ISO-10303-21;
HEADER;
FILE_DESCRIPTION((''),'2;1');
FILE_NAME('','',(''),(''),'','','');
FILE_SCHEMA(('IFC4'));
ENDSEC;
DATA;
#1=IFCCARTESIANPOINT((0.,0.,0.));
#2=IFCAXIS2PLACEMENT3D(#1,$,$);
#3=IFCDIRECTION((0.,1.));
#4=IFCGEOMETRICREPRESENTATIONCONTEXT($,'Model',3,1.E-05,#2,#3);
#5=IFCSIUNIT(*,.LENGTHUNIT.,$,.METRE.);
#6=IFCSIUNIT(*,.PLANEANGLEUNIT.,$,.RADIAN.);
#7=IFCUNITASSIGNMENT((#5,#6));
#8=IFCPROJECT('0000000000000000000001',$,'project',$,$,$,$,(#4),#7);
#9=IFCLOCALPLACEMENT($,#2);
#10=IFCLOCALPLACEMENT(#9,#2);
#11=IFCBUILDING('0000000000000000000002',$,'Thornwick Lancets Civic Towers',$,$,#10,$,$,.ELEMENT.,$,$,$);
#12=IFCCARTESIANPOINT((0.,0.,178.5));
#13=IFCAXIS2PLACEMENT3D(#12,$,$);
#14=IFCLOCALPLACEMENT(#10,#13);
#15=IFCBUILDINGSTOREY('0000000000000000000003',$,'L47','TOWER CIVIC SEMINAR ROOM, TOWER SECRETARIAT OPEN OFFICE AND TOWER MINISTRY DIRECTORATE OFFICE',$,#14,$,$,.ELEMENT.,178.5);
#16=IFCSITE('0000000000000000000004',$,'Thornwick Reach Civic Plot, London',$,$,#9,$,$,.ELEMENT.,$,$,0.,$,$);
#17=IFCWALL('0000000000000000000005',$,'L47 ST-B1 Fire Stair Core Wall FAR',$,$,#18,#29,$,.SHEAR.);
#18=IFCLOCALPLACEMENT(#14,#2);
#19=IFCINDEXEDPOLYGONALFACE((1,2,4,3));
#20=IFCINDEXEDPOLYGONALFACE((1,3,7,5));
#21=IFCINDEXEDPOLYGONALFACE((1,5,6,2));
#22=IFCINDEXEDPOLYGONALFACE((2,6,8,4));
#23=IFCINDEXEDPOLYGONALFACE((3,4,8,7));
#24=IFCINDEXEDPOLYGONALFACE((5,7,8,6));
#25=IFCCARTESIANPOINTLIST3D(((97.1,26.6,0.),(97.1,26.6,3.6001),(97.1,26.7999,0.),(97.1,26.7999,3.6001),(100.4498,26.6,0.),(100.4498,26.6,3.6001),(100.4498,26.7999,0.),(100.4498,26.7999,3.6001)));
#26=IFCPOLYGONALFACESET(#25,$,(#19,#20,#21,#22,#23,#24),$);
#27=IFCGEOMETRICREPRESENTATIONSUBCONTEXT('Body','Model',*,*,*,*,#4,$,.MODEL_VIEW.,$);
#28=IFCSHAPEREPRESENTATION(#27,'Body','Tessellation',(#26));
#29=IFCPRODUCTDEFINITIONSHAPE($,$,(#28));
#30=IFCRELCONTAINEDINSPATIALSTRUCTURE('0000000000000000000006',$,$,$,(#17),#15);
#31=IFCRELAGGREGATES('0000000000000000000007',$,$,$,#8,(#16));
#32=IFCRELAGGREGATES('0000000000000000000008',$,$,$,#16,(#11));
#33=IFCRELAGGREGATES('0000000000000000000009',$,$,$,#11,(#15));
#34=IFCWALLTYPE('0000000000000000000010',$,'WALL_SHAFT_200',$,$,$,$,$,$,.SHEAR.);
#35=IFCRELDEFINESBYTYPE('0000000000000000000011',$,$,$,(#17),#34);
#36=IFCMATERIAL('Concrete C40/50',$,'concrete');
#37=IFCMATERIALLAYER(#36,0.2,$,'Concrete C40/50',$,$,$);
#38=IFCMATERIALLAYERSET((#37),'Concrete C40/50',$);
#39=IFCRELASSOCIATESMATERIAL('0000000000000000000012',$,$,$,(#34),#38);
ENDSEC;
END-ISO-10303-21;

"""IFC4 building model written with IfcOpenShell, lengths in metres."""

from ifc_helpers import new_model, si_unit, direction, frame, frame_2d, origin, place, context, subcontext, project, spatial, rectangle, extrude, material, layer, layer_set, type_object, element, save


model = new_model("IFC4")

# Units and contexts
model_context = context("Model", 3, precision=1e-05, world=origin(), true_north=direction((0.0, 1.0)))
body_context = subcontext(model_context, "Body", "Model", "MODEL_VIEW")
ifc_project = project(units=[si_unit("LENGTHUNIT", "METRE"), si_unit("PLANEANGLEUNIT", "RADIAN")], contexts=[model_context])

# Site, building, storey
site_placement = place(None, origin())
site = spatial("IfcSite", under=ifc_project, at=site_placement, Name="Thornwick Reach Civic Plot, London", CompositionType="ELEMENT", RefElevation=0.0)
building_placement = place(site_placement, origin())
building = spatial("IfcBuilding", under=site, at=building_placement, Name="Thornwick Lancets Civic Towers", CompositionType="ELEMENT")
storey_placement = place(building_placement, frame((0.0, 0.0, 178.5)))
storey = spatial("IfcBuildingStorey", under=building, at=storey_placement, Name="L47", Description="TOWER CIVIC SEMINAR ROOM, TOWER SECRETARIAT OPEN OFFICE AND TOWER MINISTRY DIRECTORATE OFFICE", CompositionType="ELEMENT", Elevation=178.5)

# Wall
ifc_material_1 = material(Name="Concrete C40/50", Category="concrete")
ifc_layer_1 = layer(ifc_material_1, 0.2, Name="Concrete C40/50")
ifc_layer_set_1 = layer_set([ifc_layer_1], Name="Concrete C40/50")
wall_type_1 = type_object("IfcWallType", Name="WALL_SHAFT_200", PredefinedType="SHEAR", material=ifc_layer_set_1)
wall_1_placement = place(storey_placement, frame((97.1001, 26.7, 0.0), z_axis=(0.0, 0.0, 1.0), x_axis=(1.0, 0.0, 0.0)))
element("IfcWall", 1, at=wall_1_placement, inside=storey, type_object=wall_type_1, Name="L47 ST-B1 Fire Stair Core Wall FAR", PredefinedType="SHEAR", context=body_context, shape_type="SweptSolid", body=[
    extrude(rectangle(XDim=3.3499, YDim=0.2, at=frame_2d((1.6748, 0.0))), origin(), (0.0, 0.0, 1.0), 3.6001),
])

save(model, "model.ifc")
